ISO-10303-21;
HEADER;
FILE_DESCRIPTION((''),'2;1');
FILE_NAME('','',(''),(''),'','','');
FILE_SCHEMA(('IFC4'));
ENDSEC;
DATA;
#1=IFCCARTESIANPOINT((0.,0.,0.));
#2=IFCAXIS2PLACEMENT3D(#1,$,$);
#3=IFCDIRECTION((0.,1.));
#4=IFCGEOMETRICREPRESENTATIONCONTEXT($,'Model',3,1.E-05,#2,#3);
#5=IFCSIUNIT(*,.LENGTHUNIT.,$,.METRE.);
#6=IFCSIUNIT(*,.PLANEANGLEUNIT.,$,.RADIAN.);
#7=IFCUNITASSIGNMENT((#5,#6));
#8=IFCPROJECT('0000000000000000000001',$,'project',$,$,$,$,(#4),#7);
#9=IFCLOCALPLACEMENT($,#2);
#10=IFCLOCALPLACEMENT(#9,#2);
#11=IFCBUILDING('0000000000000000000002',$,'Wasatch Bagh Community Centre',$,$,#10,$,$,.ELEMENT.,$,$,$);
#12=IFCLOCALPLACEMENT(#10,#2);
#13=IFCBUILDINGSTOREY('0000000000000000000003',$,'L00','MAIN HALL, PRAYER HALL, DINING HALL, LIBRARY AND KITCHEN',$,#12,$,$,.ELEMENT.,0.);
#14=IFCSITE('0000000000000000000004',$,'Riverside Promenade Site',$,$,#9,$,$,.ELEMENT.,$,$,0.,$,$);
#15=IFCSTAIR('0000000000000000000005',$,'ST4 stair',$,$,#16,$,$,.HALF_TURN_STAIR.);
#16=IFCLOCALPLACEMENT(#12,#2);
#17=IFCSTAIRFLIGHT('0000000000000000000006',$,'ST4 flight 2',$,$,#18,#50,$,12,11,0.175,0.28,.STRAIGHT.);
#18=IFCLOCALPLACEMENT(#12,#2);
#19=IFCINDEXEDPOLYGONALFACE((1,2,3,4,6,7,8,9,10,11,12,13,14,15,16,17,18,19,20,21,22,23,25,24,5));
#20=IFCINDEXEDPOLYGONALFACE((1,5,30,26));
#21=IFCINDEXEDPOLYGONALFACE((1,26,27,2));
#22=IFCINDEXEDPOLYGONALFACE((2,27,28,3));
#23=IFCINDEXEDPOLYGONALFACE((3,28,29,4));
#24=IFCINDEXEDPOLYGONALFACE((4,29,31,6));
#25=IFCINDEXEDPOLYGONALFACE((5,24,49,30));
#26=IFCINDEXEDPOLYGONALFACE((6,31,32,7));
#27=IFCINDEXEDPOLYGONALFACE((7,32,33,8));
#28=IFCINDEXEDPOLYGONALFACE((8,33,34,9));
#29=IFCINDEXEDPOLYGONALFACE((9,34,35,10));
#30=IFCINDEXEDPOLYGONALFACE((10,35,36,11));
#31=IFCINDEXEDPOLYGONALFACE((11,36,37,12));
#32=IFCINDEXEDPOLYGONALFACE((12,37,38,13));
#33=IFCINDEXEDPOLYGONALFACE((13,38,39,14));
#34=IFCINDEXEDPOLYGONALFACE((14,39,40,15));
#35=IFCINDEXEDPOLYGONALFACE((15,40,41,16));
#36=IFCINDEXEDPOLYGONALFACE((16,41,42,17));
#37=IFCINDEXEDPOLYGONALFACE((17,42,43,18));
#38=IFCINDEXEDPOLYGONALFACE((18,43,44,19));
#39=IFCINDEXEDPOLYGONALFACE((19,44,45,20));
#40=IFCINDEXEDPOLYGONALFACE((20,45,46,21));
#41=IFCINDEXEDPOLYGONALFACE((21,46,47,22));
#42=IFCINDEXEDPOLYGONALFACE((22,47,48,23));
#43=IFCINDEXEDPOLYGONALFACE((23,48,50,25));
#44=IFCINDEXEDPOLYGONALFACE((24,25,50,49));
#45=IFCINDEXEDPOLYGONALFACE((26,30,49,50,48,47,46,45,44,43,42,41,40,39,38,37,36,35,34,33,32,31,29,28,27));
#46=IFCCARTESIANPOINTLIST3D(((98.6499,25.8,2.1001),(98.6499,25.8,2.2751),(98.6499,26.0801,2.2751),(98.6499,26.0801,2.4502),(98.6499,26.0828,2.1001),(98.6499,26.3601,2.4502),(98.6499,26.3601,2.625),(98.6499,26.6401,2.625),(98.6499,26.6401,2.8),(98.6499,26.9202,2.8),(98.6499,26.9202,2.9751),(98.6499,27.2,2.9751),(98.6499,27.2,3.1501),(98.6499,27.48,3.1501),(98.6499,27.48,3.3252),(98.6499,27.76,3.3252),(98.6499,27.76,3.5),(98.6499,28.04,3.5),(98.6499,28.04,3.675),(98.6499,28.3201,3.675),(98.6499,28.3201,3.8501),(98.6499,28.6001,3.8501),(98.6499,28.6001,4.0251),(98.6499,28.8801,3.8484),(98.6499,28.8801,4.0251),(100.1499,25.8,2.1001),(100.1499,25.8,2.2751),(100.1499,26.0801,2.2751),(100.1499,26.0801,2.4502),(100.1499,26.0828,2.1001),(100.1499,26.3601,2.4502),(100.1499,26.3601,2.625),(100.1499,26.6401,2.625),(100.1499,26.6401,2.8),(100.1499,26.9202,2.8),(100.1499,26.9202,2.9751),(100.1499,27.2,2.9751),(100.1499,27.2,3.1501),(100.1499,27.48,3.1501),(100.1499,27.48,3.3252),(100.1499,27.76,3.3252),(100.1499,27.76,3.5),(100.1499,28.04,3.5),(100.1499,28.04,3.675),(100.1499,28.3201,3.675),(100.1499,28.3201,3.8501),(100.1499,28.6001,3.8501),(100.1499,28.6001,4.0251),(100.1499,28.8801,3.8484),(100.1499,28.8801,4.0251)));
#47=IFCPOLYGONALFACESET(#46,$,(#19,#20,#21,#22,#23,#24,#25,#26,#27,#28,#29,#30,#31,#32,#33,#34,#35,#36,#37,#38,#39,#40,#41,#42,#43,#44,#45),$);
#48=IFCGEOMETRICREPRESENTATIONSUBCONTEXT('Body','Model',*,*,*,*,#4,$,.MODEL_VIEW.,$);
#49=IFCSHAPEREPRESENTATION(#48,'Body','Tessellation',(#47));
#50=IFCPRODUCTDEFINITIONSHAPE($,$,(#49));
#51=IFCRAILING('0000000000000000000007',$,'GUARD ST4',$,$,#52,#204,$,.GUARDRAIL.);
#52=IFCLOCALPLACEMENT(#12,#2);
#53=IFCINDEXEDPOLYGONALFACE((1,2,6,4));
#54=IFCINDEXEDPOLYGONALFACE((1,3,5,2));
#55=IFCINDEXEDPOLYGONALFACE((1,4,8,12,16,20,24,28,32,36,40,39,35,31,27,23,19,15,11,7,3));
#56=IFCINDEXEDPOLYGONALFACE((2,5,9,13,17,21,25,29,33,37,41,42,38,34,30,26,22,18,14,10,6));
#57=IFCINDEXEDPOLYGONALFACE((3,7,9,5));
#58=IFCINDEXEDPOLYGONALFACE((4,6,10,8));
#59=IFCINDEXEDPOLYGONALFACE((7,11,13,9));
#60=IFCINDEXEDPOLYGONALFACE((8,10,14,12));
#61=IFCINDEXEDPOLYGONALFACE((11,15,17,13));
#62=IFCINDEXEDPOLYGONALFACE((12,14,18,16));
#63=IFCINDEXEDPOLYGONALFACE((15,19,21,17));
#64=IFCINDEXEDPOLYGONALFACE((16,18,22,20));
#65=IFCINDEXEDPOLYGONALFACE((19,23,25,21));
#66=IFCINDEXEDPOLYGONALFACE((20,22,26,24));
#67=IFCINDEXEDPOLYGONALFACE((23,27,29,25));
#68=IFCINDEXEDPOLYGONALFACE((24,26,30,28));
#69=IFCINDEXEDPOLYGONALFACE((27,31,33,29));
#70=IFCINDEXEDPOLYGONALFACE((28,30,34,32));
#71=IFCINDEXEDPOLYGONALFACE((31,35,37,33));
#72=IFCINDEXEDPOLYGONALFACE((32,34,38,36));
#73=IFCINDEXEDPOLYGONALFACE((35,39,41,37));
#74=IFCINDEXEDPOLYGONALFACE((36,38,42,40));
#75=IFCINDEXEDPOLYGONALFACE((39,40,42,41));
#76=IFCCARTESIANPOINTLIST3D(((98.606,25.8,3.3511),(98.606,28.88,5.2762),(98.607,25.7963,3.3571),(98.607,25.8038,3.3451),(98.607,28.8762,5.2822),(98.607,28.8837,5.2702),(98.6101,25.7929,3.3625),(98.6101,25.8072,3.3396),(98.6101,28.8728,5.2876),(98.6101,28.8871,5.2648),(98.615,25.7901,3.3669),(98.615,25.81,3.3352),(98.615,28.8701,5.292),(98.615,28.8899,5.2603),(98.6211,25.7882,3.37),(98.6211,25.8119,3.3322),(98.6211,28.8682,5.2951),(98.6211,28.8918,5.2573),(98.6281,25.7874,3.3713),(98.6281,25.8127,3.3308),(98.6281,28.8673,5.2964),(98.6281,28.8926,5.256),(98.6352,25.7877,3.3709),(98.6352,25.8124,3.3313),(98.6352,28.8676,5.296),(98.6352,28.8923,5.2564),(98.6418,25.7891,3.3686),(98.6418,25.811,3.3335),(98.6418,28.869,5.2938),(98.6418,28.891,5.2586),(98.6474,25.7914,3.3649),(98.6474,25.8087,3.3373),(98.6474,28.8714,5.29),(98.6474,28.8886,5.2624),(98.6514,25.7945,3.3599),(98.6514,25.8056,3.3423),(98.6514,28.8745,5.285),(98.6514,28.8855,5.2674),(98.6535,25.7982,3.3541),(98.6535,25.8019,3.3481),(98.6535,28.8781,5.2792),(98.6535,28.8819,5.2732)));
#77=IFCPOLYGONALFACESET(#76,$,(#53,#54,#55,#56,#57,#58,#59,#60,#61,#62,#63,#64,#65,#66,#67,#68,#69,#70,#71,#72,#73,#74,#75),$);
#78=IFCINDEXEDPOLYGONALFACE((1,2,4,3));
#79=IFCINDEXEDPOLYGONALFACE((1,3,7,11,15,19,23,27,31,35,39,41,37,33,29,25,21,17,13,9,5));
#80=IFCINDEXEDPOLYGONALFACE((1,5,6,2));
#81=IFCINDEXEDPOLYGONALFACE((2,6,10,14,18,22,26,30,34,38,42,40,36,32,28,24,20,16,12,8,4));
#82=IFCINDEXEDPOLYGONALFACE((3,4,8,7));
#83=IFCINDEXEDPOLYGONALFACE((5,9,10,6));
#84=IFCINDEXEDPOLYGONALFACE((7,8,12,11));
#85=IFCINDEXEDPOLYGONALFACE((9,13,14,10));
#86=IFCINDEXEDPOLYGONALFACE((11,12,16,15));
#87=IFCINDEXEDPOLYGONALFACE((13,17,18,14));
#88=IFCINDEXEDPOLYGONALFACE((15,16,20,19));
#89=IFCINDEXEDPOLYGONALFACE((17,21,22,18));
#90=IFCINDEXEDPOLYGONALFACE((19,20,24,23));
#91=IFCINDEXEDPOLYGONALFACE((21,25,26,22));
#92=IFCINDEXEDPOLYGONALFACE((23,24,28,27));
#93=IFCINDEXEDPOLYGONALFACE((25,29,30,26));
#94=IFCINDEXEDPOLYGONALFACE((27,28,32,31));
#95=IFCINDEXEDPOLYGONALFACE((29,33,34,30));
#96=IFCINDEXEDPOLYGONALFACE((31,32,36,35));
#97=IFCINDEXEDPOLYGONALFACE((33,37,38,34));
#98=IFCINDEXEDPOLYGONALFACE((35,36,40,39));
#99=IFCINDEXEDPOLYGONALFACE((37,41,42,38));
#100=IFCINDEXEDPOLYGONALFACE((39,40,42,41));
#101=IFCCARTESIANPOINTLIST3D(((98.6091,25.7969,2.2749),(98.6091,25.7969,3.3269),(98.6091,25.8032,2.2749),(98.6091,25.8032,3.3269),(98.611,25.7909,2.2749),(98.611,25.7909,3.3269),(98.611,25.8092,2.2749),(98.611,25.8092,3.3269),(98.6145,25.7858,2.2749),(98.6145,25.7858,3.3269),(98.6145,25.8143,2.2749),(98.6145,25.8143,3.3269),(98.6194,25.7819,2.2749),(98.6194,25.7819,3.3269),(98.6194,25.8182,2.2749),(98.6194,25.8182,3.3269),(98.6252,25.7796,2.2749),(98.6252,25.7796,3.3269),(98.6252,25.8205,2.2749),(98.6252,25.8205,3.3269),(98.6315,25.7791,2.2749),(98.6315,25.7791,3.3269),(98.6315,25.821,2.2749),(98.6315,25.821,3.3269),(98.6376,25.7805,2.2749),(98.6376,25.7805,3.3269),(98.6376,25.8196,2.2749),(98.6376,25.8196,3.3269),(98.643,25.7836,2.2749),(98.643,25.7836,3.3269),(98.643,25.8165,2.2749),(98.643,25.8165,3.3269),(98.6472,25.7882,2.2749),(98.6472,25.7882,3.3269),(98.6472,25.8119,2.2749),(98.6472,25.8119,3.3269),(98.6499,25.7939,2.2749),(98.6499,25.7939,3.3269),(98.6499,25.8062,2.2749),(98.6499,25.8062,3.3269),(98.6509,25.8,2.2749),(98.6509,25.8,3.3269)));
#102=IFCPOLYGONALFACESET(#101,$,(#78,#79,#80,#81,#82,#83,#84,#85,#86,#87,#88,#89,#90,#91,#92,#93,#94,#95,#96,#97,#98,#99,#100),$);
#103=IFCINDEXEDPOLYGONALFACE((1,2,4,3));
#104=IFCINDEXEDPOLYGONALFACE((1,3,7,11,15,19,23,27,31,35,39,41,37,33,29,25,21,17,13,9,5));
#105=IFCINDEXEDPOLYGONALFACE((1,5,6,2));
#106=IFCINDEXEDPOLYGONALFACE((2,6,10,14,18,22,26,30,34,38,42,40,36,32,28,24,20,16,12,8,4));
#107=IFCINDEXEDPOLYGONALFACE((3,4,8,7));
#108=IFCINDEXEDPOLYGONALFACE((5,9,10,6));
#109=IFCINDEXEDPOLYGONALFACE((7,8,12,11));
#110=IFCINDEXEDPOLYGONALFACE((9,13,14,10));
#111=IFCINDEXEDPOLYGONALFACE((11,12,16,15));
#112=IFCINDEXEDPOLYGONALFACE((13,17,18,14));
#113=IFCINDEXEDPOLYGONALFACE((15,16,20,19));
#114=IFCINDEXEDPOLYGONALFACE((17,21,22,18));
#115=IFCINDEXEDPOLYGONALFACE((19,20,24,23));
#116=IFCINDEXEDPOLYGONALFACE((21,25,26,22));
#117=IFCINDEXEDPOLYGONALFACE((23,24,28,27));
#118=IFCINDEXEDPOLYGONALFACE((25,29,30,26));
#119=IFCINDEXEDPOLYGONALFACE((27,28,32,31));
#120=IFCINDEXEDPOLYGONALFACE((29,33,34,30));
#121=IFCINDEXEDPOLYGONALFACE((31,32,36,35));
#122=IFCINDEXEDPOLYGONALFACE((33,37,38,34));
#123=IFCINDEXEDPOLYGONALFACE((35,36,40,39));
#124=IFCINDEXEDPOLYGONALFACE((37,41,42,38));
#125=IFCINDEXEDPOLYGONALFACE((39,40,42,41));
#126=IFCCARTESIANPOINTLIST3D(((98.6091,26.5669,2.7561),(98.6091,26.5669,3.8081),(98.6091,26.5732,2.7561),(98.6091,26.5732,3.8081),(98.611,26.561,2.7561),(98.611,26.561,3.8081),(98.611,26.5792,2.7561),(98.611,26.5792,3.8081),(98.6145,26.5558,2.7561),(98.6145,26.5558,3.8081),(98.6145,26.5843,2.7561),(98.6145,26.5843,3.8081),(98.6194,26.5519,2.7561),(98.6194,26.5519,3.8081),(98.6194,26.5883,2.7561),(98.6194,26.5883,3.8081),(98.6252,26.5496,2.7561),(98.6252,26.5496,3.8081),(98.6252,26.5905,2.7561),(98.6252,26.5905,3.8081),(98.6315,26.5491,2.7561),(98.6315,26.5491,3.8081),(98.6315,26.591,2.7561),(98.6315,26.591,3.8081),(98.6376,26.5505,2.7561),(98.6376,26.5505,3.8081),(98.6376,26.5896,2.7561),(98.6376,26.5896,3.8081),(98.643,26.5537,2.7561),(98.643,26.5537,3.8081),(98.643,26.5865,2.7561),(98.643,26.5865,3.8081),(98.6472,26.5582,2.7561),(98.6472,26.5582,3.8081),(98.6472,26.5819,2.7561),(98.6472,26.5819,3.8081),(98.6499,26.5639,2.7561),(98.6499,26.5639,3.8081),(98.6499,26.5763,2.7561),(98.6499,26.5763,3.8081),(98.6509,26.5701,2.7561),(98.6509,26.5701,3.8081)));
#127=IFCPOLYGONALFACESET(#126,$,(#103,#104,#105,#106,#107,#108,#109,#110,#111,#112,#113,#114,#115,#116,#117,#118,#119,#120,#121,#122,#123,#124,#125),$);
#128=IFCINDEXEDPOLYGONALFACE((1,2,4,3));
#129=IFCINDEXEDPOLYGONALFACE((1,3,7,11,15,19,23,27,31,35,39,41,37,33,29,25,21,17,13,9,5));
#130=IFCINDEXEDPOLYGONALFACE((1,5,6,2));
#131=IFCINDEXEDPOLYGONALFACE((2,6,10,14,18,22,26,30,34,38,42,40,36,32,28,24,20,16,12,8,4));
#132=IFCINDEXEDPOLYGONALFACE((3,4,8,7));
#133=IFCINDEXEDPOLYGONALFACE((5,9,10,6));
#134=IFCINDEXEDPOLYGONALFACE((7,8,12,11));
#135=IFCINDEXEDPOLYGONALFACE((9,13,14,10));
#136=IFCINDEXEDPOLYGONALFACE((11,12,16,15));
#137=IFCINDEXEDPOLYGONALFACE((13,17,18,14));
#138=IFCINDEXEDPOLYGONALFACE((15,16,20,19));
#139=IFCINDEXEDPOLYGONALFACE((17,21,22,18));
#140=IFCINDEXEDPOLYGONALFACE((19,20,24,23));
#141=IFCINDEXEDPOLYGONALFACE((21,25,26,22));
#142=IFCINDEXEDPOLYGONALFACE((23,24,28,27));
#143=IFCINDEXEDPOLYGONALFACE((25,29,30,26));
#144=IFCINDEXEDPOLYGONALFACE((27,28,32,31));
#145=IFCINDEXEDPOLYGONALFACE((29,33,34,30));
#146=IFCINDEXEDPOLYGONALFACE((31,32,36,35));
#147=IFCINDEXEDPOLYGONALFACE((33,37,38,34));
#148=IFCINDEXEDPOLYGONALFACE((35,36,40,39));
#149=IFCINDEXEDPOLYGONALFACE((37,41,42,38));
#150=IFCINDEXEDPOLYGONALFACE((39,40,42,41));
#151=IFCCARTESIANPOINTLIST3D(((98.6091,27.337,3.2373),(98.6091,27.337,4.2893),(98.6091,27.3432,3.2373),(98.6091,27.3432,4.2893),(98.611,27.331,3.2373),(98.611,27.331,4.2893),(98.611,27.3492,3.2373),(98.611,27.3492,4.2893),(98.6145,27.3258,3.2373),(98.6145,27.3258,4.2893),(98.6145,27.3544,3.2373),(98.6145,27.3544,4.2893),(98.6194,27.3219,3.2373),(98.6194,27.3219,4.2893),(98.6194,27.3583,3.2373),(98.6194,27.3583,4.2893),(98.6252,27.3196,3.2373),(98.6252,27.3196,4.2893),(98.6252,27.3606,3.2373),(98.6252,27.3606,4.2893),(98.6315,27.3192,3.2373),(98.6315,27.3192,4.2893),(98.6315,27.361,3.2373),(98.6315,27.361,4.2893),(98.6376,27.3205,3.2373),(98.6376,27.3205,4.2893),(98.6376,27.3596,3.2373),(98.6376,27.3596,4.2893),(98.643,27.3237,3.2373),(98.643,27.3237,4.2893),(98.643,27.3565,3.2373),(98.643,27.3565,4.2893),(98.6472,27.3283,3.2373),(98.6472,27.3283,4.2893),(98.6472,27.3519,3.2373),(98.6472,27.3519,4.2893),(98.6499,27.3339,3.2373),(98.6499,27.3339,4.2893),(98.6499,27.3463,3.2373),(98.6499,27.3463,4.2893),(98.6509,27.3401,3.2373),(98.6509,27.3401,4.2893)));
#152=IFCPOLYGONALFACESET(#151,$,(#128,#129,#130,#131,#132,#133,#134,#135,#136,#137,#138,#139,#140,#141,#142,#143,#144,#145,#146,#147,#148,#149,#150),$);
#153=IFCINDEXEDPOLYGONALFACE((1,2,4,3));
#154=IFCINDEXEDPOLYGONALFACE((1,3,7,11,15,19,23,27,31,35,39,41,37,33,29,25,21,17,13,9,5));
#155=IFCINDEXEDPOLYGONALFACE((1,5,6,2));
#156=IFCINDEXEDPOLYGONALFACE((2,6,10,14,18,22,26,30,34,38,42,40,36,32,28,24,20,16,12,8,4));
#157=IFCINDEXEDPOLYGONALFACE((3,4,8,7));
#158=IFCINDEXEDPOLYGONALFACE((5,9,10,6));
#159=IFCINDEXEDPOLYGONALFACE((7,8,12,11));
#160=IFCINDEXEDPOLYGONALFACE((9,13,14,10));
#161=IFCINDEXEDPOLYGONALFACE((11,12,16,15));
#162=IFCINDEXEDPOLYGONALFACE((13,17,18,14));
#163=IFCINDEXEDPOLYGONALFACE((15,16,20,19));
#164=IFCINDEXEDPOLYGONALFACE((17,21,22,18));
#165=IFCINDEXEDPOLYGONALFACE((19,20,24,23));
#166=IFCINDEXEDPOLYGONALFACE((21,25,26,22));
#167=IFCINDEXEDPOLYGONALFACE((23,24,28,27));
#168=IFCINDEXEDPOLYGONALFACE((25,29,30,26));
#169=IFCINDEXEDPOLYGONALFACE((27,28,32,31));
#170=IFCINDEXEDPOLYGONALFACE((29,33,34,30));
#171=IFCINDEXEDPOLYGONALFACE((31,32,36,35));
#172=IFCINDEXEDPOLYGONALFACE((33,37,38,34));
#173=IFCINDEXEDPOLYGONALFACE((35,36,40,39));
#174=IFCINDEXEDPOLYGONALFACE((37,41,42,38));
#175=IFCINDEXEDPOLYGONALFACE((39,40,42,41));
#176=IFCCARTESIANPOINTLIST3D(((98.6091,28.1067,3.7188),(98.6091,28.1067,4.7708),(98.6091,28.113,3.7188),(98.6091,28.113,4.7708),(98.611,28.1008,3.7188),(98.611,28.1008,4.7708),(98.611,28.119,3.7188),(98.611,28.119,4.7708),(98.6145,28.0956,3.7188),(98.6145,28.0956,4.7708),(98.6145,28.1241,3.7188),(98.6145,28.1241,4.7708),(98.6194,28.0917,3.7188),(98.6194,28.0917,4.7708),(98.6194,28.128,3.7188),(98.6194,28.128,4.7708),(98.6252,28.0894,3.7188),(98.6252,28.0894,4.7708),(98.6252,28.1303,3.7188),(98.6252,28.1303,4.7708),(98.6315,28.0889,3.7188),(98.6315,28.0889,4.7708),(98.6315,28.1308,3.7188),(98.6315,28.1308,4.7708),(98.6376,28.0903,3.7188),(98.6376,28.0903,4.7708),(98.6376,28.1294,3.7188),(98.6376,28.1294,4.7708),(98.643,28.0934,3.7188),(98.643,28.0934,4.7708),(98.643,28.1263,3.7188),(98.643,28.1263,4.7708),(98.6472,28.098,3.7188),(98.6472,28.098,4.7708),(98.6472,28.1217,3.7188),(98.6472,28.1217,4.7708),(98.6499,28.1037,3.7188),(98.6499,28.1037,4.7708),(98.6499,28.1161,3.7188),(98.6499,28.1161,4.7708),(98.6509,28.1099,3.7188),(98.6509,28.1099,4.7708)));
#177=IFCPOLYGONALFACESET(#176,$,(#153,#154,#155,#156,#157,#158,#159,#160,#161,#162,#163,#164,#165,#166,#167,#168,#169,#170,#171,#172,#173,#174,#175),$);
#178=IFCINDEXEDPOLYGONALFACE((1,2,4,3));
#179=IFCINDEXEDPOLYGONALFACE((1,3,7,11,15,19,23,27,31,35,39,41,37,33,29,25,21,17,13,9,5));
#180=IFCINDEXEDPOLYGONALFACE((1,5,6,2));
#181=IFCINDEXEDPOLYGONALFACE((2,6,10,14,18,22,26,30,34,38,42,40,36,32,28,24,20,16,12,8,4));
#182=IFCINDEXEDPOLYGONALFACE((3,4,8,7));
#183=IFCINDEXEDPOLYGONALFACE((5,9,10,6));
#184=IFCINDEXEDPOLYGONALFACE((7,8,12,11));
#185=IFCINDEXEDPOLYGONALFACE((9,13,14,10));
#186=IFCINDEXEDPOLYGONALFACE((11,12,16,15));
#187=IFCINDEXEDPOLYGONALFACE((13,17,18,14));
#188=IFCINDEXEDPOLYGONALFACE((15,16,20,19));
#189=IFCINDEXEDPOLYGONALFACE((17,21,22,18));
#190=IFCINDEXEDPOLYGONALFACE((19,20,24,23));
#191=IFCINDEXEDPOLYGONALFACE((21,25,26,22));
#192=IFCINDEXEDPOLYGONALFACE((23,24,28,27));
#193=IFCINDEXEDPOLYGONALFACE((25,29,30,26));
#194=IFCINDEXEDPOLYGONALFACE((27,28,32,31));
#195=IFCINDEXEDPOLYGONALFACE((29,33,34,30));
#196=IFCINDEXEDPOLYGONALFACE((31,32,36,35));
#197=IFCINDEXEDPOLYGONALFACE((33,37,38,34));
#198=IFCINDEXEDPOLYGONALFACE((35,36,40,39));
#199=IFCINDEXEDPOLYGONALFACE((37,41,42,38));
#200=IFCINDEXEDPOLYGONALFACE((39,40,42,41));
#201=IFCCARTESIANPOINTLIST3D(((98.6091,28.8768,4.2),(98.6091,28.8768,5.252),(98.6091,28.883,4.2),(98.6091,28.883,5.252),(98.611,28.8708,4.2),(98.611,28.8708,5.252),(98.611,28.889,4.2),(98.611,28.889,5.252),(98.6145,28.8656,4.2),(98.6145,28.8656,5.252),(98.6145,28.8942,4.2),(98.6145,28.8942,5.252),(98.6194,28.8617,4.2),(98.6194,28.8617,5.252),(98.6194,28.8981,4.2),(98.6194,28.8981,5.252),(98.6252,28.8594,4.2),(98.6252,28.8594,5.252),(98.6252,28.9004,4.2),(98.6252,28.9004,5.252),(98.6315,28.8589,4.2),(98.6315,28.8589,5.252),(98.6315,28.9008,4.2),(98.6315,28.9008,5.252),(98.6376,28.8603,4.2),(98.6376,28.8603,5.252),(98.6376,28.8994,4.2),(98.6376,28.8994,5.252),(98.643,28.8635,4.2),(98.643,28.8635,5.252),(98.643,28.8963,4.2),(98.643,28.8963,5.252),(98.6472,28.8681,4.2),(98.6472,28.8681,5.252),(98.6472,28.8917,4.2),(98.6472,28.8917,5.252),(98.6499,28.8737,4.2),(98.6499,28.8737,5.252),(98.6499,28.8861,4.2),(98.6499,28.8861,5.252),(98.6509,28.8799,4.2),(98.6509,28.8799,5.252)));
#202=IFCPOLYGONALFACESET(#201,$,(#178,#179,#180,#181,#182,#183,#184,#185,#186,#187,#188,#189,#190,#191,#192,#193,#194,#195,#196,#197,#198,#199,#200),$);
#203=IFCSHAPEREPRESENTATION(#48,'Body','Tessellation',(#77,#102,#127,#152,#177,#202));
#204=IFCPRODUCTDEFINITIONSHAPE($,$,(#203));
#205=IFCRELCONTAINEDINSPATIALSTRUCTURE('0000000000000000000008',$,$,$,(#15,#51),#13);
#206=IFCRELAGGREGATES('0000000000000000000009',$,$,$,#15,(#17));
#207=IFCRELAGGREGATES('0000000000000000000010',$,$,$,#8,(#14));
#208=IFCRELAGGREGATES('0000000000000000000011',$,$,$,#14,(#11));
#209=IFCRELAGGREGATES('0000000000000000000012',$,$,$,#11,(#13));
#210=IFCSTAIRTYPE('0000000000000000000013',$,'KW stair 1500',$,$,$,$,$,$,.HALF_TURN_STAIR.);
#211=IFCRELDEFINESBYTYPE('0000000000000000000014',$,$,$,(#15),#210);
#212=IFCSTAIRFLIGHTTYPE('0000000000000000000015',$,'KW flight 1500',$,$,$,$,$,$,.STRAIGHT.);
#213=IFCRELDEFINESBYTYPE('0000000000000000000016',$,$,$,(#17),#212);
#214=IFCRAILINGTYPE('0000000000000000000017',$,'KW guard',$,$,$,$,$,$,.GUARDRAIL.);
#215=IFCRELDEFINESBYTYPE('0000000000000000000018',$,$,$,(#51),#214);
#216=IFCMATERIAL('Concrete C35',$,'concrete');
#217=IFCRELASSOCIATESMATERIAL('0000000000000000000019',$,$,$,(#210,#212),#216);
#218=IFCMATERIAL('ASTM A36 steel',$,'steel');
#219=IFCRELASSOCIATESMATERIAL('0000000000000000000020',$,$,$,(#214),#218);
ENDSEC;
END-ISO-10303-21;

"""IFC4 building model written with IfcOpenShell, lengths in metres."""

from ifc_helpers import new_model, si_unit, direction, frame, origin, origin_2d, place, context, subcontext, project, spatial, polyline, circle, outline, extrude, material, type_object, element, aggregate, save


model = new_model("IFC4")

# Units and contexts
model_context = context("Model", 3, precision=1e-05, world=origin(), true_north=direction((0.0, 1.0)))
body_context = subcontext(model_context, "Body", "Model", "MODEL_VIEW")
ifc_project = project(units=[si_unit("LENGTHUNIT", "METRE"), si_unit("PLANEANGLEUNIT", "RADIAN")], contexts=[model_context])

# Site, building, storey
site_placement = place(None, origin())
site = spatial("IfcSite", under=ifc_project, at=site_placement, Name="Riverside Promenade Site", CompositionType="ELEMENT", RefElevation=0.0)
building_placement = place(site_placement, origin())
building = spatial("IfcBuilding", under=site, at=building_placement, Name="Wasatch Bagh Community Centre", CompositionType="ELEMENT")
storey_placement = place(building_placement, origin())
storey = spatial("IfcBuildingStorey", under=building, at=storey_placement, Name="L00", Description="MAIN HALL, PRAYER HALL, DINING HALL, LIBRARY AND KITCHEN", CompositionType="ELEMENT", Elevation=0.0)

# Shared definitions
ifc_material_1 = material(Name="Concrete C35", Category="concrete")

# Stair, stair flight
stair_type = type_object("IfcStairType", Name="KW stair 1500", PredefinedType="HALF_TURN_STAIR", material=ifc_material_1)
stair_placement = place(storey_placement, origin())
stair = element("IfcStair", 1, at=stair_placement, inside=storey, type_object=stair_type, Name="ST4 stair", PredefinedType="HALF_TURN_STAIR")
stair_flight_type = type_object("IfcStairFlightType", Name="KW flight 1500", PredefinedType="STRAIGHT", material=ifc_material_1)
stair_flight_placement = place(storey_placement, frame((99.3999, 25.8, 2.1001), z_axis=(0.0, 0.0, 1.0), x_axis=(0.0, 1.0, 0.0)))
stair_flight = element("IfcStairFlight", 2, at=stair_flight_placement, type_object=stair_flight_type, Name="ST4 flight 2", NumberOfRisers=12, NumberOfTreads=11, PredefinedType="STRAIGHT", RiserHeight=0.175, TreadLength=0.28, context=body_context, shape_type="SweptSolid", body=[
    extrude(outline(polyline([(0.0, 0.0), (0.0, 0.175), (0.28, 0.175), (0.28, 0.3501), (0.5601, 0.3501), (0.5601, 0.5249), (0.8401, 0.5249), (0.8401, 0.7), (1.1201, 0.7), (1.1201, 0.875), (1.3999, 0.875), (1.3999, 1.05), (1.6799, 1.05), (1.6799, 1.2251), (1.96, 1.2251), (1.96, 1.3999), (2.24, 1.3999), (2.24, 1.575), (2.52, 1.575), (2.52, 1.75), (2.8, 1.75), (2.8, 1.925), (3.0801, 1.925), (3.0801, 2.1001), (3.0801, 1.7483), (0.2827, 0.0), (0.0, 0.0)])), frame((0.0, 0.75, 0.0), z_axis=(0.0, -1.0, 0.0), x_axis=(1.0, 0.0, 0.0)), (0.0, 0.0, 1.0), 1.5),
])
aggregate(stair, [stair_flight])

# Railing
ifc_material_2 = material(Name="ASTM A36 steel", Category="steel")
railing_type_1 = type_object("IfcRailingType", Name="KW guard", PredefinedType="GUARDRAIL", material=ifc_material_2)
for number, where, name in (
    (3, (98.6299, 25.8, 2.2749), "GUARD ST4"),
):
    element("IfcRailing", number, at=place(storey_placement, frame(where)), inside=storey, type_object=railing_type_1, Name=name, PredefinedType="GUARDRAIL", context=body_context, shape_type="SweptSolid", body=[
        extrude(circle(Radius=0.0239, at=origin_2d()), frame((0.0, 0.0, 1.0762), z_axis=(0.0, 0.847979, 0.530029), x_axis=(-1.0, 0.0, 0.0)), (0.0, 0.0, 1.0), 3.6321),
        extrude(circle(Radius=0.021, at=origin_2d()), origin(), (0.0, 0.0, 1.0), 1.052),
        extrude(circle(Radius=0.021, at=origin_2d()), frame((0.0, 0.77, 0.4812)), (0.0, 0.0, 1.0), 1.052),
        extrude(circle(Radius=0.021, at=origin_2d()), frame((0.0, 1.54, 0.9624)), (0.0, 0.0, 1.0), 1.052),
        extrude(circle(Radius=0.021, at=origin_2d()), frame((0.0, 2.3098, 1.4438)), (0.0, 0.0, 1.0), 1.052),
        extrude(circle(Radius=0.021, at=origin_2d()), frame((0.0, 3.0798, 1.925)), (0.0, 0.0, 1.0), 1.052),
    ])

save(model, "model.ifc")
